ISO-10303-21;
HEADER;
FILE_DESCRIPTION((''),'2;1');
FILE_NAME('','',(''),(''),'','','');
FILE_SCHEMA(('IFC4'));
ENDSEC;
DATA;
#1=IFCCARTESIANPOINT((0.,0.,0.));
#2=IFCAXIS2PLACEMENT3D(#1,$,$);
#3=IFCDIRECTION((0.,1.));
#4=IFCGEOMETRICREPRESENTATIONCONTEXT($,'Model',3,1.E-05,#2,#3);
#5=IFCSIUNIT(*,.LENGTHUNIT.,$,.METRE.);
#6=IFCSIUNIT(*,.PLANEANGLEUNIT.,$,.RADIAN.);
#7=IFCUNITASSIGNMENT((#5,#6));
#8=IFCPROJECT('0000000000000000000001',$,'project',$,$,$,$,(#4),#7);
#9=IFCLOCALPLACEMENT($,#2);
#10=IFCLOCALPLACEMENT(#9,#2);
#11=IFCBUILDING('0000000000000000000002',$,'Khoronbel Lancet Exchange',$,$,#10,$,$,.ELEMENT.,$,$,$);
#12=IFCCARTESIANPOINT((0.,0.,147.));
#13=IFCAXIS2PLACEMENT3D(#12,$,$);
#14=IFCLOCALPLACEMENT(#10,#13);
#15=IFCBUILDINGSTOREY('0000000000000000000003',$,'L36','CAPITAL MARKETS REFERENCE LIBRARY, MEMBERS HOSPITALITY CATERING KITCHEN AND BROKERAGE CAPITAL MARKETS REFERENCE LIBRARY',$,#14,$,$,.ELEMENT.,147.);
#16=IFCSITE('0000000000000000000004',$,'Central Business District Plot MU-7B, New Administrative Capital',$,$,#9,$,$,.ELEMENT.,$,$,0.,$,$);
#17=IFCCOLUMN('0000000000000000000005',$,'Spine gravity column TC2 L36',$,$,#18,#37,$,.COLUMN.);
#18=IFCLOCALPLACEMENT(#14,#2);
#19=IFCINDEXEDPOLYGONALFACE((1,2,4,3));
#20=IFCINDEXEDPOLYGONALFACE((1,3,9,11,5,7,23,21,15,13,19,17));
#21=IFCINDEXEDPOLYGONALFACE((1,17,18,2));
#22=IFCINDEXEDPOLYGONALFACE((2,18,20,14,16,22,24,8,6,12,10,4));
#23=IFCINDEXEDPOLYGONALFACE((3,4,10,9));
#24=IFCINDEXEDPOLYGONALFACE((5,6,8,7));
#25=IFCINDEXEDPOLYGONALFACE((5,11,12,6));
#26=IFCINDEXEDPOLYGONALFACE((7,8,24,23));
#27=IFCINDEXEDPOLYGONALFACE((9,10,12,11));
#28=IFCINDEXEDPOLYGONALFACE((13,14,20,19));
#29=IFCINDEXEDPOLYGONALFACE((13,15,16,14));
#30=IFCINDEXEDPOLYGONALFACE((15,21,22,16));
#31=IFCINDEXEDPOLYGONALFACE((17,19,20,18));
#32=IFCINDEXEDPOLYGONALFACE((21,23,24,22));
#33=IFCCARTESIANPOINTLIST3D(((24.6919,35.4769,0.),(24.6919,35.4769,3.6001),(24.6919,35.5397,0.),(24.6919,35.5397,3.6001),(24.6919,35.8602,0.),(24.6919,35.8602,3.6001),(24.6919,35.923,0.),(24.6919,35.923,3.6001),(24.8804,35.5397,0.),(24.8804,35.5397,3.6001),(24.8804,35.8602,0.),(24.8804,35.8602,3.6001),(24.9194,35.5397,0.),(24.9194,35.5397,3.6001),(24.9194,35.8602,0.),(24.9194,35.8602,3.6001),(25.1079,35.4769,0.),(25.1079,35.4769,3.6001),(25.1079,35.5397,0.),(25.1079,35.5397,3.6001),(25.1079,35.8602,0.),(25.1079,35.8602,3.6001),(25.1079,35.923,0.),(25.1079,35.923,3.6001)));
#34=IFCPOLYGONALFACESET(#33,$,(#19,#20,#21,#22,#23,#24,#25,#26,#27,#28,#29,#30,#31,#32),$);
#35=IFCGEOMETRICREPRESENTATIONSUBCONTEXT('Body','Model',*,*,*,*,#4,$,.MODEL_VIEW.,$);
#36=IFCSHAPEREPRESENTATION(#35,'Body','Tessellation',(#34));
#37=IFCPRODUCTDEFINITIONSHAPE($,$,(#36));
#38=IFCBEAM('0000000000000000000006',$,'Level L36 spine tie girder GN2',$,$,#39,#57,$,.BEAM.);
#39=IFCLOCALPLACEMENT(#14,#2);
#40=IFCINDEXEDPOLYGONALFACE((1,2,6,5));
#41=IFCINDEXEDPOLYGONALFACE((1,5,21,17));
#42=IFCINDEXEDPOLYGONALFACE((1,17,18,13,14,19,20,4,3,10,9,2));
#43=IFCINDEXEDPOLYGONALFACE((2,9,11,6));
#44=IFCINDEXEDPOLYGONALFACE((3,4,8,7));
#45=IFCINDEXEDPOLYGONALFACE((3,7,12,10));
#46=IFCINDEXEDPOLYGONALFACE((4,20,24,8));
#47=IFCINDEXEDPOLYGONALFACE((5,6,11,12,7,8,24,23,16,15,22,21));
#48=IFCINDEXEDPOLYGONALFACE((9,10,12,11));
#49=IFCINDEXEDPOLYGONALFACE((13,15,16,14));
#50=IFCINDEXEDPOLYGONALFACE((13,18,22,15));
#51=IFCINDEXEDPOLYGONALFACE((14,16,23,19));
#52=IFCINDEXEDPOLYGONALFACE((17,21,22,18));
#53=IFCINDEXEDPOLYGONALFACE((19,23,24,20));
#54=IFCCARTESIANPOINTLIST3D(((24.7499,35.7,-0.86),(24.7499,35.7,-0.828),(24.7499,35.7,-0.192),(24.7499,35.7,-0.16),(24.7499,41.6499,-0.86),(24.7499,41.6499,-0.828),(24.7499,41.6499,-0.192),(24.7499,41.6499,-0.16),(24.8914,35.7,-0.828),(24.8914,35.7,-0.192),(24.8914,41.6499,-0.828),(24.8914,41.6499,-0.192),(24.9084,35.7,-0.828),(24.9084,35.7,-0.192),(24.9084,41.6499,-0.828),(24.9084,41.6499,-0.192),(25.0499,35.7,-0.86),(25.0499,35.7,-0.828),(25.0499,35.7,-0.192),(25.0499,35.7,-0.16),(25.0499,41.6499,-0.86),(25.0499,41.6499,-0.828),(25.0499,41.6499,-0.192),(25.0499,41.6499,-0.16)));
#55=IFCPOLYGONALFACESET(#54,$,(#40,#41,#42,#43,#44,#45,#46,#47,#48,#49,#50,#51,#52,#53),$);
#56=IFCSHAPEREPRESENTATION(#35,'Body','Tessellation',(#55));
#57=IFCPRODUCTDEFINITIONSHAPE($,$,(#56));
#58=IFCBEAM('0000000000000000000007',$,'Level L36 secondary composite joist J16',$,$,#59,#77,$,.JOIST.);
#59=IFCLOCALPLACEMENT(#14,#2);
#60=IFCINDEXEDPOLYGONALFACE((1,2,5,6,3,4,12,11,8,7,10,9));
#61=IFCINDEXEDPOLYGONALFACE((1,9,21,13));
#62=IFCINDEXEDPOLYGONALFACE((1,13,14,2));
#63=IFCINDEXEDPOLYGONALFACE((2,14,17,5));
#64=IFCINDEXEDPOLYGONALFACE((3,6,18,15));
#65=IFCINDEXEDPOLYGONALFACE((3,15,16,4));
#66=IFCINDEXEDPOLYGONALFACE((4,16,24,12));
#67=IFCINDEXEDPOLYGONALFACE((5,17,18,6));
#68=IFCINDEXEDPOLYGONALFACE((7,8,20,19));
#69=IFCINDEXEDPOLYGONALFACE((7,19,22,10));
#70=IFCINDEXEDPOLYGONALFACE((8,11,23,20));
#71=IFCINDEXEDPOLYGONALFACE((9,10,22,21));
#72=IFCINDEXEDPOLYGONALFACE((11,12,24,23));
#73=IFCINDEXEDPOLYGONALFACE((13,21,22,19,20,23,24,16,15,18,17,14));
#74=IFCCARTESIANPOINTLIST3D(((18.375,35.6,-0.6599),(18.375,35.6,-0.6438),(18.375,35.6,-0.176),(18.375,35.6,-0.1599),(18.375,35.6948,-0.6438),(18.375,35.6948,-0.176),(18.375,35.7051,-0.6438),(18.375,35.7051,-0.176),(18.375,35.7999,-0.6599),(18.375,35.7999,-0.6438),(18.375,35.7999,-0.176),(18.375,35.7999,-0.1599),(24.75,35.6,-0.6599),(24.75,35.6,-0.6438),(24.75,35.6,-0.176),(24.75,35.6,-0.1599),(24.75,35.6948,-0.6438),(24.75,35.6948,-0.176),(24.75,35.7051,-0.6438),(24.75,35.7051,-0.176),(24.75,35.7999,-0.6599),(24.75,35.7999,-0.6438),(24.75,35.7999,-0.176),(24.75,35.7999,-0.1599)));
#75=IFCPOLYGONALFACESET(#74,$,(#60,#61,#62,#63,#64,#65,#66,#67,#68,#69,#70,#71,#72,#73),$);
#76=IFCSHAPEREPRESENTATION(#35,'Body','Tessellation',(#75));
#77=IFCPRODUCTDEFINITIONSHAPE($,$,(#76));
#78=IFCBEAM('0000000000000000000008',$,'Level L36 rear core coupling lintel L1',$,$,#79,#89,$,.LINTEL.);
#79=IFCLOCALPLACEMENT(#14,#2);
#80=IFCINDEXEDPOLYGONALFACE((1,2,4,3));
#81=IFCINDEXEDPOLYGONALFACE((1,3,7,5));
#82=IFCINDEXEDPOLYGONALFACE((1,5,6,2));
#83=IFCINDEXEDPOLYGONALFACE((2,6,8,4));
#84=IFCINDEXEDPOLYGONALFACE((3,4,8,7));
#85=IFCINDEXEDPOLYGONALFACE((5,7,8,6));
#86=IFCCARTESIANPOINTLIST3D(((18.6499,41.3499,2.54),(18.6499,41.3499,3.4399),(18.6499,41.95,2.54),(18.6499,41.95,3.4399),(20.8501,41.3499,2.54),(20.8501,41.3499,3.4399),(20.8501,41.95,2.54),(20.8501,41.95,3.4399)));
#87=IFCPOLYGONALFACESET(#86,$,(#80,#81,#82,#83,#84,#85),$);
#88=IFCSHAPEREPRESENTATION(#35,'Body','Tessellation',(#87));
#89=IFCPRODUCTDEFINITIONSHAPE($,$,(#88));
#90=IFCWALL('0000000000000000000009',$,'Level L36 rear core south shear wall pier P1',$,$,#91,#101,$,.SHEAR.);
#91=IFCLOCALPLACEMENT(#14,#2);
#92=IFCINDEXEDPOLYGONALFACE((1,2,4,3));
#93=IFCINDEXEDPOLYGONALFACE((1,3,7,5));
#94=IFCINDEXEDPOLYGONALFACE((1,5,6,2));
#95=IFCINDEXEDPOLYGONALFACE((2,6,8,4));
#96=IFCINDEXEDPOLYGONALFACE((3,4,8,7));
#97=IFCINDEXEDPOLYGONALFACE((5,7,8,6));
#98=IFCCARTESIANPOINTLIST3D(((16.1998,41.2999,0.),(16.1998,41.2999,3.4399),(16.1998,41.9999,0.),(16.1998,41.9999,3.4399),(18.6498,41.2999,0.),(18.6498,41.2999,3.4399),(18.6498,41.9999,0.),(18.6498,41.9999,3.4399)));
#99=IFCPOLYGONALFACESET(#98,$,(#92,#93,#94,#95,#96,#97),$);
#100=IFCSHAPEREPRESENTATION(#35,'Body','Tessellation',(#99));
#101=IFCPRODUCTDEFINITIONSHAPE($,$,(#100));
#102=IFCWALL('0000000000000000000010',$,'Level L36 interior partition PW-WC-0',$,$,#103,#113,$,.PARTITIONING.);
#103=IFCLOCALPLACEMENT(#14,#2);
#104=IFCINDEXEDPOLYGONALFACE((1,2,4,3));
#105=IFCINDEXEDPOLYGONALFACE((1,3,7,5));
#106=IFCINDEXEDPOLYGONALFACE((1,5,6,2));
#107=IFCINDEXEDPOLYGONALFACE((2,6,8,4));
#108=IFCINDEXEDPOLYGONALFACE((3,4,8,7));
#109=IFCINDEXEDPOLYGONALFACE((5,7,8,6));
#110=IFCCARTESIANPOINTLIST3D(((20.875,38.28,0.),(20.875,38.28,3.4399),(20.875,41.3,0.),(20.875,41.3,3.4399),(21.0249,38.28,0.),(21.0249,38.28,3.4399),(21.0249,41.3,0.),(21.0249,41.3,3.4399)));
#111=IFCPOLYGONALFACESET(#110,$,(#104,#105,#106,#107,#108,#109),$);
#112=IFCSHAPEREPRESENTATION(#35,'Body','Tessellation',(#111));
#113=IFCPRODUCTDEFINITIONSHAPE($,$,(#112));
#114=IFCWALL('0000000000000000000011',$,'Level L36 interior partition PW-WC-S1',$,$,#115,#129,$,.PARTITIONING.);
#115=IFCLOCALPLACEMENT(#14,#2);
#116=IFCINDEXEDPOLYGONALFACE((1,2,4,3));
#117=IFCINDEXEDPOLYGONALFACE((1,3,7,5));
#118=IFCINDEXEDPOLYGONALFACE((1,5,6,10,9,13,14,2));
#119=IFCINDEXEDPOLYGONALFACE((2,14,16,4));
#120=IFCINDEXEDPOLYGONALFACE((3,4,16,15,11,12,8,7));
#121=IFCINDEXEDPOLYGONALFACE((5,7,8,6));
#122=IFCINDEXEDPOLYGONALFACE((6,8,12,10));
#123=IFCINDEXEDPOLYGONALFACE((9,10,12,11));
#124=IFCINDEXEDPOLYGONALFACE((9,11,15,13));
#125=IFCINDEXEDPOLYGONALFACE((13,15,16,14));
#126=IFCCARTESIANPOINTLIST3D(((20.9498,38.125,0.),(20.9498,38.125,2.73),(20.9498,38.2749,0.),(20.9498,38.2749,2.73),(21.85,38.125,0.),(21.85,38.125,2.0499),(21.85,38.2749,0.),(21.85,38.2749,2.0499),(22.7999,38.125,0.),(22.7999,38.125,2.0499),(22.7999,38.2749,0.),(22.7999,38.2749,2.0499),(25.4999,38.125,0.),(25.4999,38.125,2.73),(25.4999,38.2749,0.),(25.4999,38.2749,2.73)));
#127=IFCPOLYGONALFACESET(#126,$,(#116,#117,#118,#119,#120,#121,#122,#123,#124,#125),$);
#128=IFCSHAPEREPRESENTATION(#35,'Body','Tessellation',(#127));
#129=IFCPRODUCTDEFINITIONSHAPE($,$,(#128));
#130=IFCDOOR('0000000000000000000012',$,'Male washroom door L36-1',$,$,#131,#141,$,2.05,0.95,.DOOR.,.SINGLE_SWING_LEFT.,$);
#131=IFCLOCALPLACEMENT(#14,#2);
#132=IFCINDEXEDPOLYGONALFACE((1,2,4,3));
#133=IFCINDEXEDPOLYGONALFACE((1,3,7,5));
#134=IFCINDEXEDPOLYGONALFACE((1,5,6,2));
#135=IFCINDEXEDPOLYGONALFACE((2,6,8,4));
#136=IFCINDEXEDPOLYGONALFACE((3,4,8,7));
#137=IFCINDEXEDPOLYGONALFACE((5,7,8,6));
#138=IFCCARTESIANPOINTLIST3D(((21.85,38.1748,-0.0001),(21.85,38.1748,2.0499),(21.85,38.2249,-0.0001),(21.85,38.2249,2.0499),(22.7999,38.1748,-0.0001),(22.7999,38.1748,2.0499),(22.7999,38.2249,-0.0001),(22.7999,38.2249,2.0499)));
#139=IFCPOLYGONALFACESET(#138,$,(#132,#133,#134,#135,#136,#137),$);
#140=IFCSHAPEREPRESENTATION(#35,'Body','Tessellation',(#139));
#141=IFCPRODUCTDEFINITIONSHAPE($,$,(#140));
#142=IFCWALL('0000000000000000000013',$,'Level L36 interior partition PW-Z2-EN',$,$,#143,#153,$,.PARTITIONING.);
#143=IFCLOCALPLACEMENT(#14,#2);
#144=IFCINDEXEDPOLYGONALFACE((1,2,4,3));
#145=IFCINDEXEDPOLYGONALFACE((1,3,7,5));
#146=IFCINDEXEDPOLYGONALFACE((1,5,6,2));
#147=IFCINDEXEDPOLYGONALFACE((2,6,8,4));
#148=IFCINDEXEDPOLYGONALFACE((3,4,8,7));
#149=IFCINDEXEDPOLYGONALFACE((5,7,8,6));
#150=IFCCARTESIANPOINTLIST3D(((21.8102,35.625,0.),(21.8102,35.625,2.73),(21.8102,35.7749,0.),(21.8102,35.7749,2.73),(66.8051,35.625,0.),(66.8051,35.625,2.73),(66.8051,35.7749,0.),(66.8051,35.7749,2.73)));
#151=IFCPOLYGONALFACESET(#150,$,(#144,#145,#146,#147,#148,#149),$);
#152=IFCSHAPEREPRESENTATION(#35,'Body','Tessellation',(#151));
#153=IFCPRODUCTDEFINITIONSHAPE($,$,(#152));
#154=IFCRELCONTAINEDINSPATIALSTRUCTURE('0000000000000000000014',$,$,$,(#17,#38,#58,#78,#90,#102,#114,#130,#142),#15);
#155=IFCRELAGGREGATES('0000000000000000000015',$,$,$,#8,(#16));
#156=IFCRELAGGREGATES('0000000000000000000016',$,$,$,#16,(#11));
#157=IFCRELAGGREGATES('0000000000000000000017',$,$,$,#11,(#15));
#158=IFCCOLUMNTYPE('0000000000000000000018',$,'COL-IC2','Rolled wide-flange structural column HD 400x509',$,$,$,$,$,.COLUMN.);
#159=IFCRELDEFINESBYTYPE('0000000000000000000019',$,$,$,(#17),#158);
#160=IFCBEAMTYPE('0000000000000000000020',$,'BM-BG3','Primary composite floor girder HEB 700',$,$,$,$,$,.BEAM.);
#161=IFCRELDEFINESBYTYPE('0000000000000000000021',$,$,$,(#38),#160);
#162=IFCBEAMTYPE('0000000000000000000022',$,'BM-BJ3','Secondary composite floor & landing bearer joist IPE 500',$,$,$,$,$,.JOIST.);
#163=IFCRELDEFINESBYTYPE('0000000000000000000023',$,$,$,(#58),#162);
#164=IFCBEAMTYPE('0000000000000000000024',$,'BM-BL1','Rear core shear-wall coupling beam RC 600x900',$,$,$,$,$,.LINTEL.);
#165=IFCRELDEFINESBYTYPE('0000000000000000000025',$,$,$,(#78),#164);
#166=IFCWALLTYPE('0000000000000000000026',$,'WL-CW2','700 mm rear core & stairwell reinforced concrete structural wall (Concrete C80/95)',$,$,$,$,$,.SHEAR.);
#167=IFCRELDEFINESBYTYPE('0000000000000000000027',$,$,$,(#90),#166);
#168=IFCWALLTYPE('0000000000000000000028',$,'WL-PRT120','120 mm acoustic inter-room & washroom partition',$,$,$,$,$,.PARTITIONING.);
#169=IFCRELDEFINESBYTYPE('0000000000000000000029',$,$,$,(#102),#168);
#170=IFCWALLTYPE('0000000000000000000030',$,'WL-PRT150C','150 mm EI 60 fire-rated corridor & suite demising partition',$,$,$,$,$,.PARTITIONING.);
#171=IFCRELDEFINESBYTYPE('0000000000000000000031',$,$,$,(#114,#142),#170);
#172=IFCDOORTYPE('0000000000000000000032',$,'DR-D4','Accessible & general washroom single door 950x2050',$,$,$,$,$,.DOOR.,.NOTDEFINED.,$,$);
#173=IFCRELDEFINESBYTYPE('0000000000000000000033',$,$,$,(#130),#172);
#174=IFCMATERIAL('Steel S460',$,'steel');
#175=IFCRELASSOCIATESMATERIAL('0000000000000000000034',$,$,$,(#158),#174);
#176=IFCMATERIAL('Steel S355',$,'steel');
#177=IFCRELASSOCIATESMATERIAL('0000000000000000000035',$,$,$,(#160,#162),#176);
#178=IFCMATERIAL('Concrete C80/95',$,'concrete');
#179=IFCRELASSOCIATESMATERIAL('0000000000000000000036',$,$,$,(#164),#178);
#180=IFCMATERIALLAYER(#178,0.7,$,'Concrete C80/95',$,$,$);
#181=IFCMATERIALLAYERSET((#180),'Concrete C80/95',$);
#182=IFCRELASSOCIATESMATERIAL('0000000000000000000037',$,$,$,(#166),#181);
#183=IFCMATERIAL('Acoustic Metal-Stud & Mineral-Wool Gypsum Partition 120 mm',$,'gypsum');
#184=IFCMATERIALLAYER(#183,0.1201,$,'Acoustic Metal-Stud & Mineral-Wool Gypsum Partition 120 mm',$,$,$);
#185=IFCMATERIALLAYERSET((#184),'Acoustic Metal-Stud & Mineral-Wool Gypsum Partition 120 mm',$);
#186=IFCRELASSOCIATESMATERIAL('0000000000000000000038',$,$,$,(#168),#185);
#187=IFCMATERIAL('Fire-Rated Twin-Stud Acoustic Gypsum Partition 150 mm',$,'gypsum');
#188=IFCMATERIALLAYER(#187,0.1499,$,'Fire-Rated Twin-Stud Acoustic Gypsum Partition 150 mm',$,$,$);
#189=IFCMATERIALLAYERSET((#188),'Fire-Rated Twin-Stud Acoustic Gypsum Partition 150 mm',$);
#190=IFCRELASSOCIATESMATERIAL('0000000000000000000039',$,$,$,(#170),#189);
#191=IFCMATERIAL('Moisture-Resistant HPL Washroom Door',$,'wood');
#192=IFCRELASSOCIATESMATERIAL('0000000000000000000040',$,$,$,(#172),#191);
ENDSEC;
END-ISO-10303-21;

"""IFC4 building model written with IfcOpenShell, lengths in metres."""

from ifc_helpers import new_model, si_unit, direction, frame, frame_2d, origin, origin_2d, place, context, subcontext, project, spatial, rectangle, i_section, extrude, material, layer, layer_set, material_profile, profile_set, type_object, element, fill, save


model = new_model("IFC4")

# Units and contexts
model_context = context("Model", 3, precision=1e-05, world=origin(), true_north=direction((0.0, 1.0)))
body_context = subcontext(model_context, "Body", "Model", "MODEL_VIEW")
ifc_project = project(units=[si_unit("LENGTHUNIT", "METRE"), si_unit("PLANEANGLEUNIT", "RADIAN")], contexts=[model_context])

# Site, building, storey
site_placement = place(None, origin())
site = spatial("IfcSite", under=ifc_project, at=site_placement, Name="Central Business District Plot MU-7B, New Administrative Capital", CompositionType="ELEMENT", RefElevation=0.0)
building_placement = place(site_placement, origin())
building = spatial("IfcBuilding", under=site, at=building_placement, Name="Khoronbel Lancet Exchange", CompositionType="ELEMENT")
storey_placement = place(building_placement, frame((0.0, 0.0, 147.0)))
storey = spatial("IfcBuildingStorey", under=building, at=storey_placement, Name="L36", Description="CAPITAL MARKETS REFERENCE LIBRARY, MEMBERS HOSPITALITY CATERING KITCHEN AND BROKERAGE CAPITAL MARKETS REFERENCE LIBRARY", CompositionType="ELEMENT", Elevation=147.0)

# Column
ifc_material_1 = material(Name="Steel S460", Category="steel")
ifc_material_profile_1 = material_profile(ifc_material_1, i_section(OverallWidth=0.416, OverallDepth=0.446, WebThickness=0.0391, FlangeThickness=0.0627, at=origin_2d()), Name="HD 400x509")
ifc_profile_set_1 = profile_set([ifc_material_profile_1], Name="Steel S460")
column_type = type_object("IfcColumnType", Name="COL-IC2", Description="Rolled wide-flange structural column HD 400x509", PredefinedType="COLUMN", material=ifc_profile_set_1)
column_placement = place(storey_placement, frame((24.8999, 35.7, 0.0), z_axis=(0.0, 0.0, 1.0), x_axis=(1.0, 0.0, 0.0)))
element("IfcColumn", 1, at=column_placement, inside=storey, type_object=column_type, Name="Spine gravity column TC2 L36", PredefinedType="COLUMN", context=body_context, shape_type="SweptSolid", body=[
    extrude(i_section(OverallWidth=0.416, OverallDepth=0.446, WebThickness=0.0391, FlangeThickness=0.0627, at=origin_2d()), origin(), (0.0, 0.0, 1.0), 3.6001),
])

# Beams
ifc_material_2 = material(Name="Steel S355", Category="steel")
ifc_material_profile_2 = material_profile(ifc_material_2, i_section(OverallWidth=0.3, OverallDepth=0.7, WebThickness=0.0171, FlangeThickness=0.032, at=origin_2d()), Name="HEB 700")
ifc_profile_set_2 = profile_set([ifc_material_profile_2], Name="Steel S355")
beam_type_1 = type_object("IfcBeamType", Name="BM-BG3", Description="Primary composite floor girder HEB 700", PredefinedType="BEAM", material=ifc_profile_set_2)
beam_1_placement = place(storey_placement, frame((24.8999, 35.7, -0.51), z_axis=(0.0, 1.0, 0.0), x_axis=(-1.0, 0.0, 0.0)))
element("IfcBeam", 2, at=beam_1_placement, inside=storey, type_object=beam_type_1, Name="Level L36 spine tie girder GN2", PredefinedType="BEAM", context=body_context, shape_type="SweptSolid", body=[
    extrude(i_section(OverallWidth=0.3, OverallDepth=0.7, WebThickness=0.0171, FlangeThickness=0.032, at=origin_2d()), origin(), (0.0, 0.0, 1.0), 5.95),
])
ifc_material_profile_3 = material_profile(ifc_material_2, i_section(OverallWidth=0.2, OverallDepth=0.5, WebThickness=0.0103, FlangeThickness=0.0161, at=origin_2d()), Name="IPE 500")
ifc_profile_set_3 = profile_set([ifc_material_profile_3], Name="Steel S355")
beam_type_2 = type_object("IfcBeamType", Name="BM-BJ3", Description="Secondary composite floor & landing bearer joist IPE 500", PredefinedType="JOIST", material=ifc_profile_set_3)
beam_2_placement = place(storey_placement, frame((18.375, 35.7, -0.4099), z_axis=(1.0, 0.0, 0.0), x_axis=(0.0, 1.0, 0.0)))
element("IfcBeam", 3, at=beam_2_placement, inside=storey, type_object=beam_type_2, Name="Level L36 secondary composite joist J16", PredefinedType="JOIST", context=body_context, shape_type="SweptSolid", body=[
    extrude(i_section(OverallWidth=0.2, OverallDepth=0.5, WebThickness=0.0103, FlangeThickness=0.0161, at=origin_2d()), origin(), (0.0, 0.0, 1.0), 6.375),
])
ifc_material_3 = material(Name="Concrete C80/95", Category="concrete")
ifc_material_profile_4 = material_profile(ifc_material_3, rectangle(XDim=0.6001, YDim=0.8999, at=origin_2d()), Name="RC 600x900")
ifc_profile_set_4 = profile_set([ifc_material_profile_4], Name="Concrete C80/95")
beam_type_3 = type_object("IfcBeamType", Name="BM-BL1", Description="Rear core shear-wall coupling beam RC 600x900", PredefinedType="LINTEL", material=ifc_profile_set_4)
beam_3_placement = place(storey_placement, frame((18.6499, 41.6499, 2.99), z_axis=(1.0, 0.0, 0.0), x_axis=(0.0, 1.0, 0.0)))
element("IfcBeam", 4, at=beam_3_placement, inside=storey, type_object=beam_type_3, Name="Level L36 rear core coupling lintel L1", PredefinedType="LINTEL", context=body_context, shape_type="SweptSolid", body=[
    extrude(rectangle(XDim=0.6001, YDim=0.8999, at=origin_2d()), origin(), (0.0, 0.0, 1.0), 2.2002),
])

# Walls
ifc_layer_1 = layer(ifc_material_3, 0.7, Name="Concrete C80/95")
ifc_layer_set_1 = layer_set([ifc_layer_1], Name="Concrete C80/95")
wall_type_1 = type_object("IfcWallType", Name="WL-CW2", Description="700 mm rear core & stairwell reinforced concrete structural wall (Concrete C80/95)", PredefinedType="SHEAR", material=ifc_layer_set_1)
wall_1_placement = place(storey_placement, frame((18.6499, 41.6499, 0.0), z_axis=(0.0, 0.0, 1.0), x_axis=(-1.0, 0.0, 0.0)))
element("IfcWall", 5, at=wall_1_placement, inside=storey, type_object=wall_type_1, Name="Level L36 rear core south shear wall pier P1", PredefinedType="SHEAR", context=body_context, shape_type="SweptSolid", body=[
    extrude(rectangle(XDim=2.45, YDim=0.7, at=frame_2d((1.2251, 0.0))), origin(), (0.0, 0.0, 1.0), 3.4399),
])
ifc_material_4 = material(Name="Acoustic Metal-Stud & Mineral-Wool Gypsum Partition 120 mm", Category="gypsum")
ifc_layer_2 = layer(ifc_material_4, 0.1201, Name="Acoustic Metal-Stud & Mineral-Wool Gypsum Partition 120 mm")
ifc_layer_set_2 = layer_set([ifc_layer_2], Name="Acoustic Metal-Stud & Mineral-Wool Gypsum Partition 120 mm")
wall_type_2 = type_object("IfcWallType", Name="WL-PRT120", Description="120 mm acoustic inter-room & washroom partition", PredefinedType="PARTITIONING", material=ifc_layer_set_2)
wall_2_placement = place(storey_placement, frame((20.95, 38.28, 0.0), z_axis=(0.0, 0.0, 1.0), x_axis=(0.0, 1.0, 0.0)))
element("IfcWall", 6, at=wall_2_placement, inside=storey, type_object=wall_type_2, Name="Level L36 interior partition PW-WC-0", PredefinedType="PARTITIONING", context=body_context, shape_type="SweptSolid", body=[
    extrude(rectangle(XDim=3.02, YDim=0.1499, at=frame_2d((1.51, 0.0))), origin(), (0.0, 0.0, 1.0), 3.4399),
])

# Wall, opening, door
ifc_material_5 = material(Name="Fire-Rated Twin-Stud Acoustic Gypsum Partition 150 mm", Category="gypsum")
ifc_layer_3 = layer(ifc_material_5, 0.1499, Name="Fire-Rated Twin-Stud Acoustic Gypsum Partition 150 mm")
ifc_layer_set_3 = layer_set([ifc_layer_3], Name="Fire-Rated Twin-Stud Acoustic Gypsum Partition 150 mm")
wall_type_3 = type_object("IfcWallType", Name="WL-PRT150C", Description="150 mm EI 60 fire-rated corridor & suite demising partition", PredefinedType="PARTITIONING", material=ifc_layer_set_3)
wall_3_placement = place(storey_placement, frame((20.95, 38.2, 0.0), z_axis=(0.0, 0.0, 1.0), x_axis=(1.0, 0.0, 0.0)))
wall_3 = element("IfcWall", 7, at=wall_3_placement, inside=storey, type_object=wall_type_3, Name="Level L36 interior partition PW-WC-S1", PredefinedType="PARTITIONING", context=body_context, shape_type="SweptSolid", body=[
    extrude(rectangle(XDim=4.55, YDim=0.1499, at=frame_2d((2.2749, 0.0))), origin(), (0.0, 0.0, 1.0), 2.73),
])
opening_1_placement = place(wall_3_placement, frame((0.8999, 0.0, 0.0)))
opening_1 = element("IfcOpeningElement", 8, at=opening_1_placement, cuts=wall_3, PredefinedType="OPENING", context=body_context, shape_type="SweptSolid", body=[
    extrude(rectangle(XDim=0.95, YDim=2.05, at=frame_2d((0.4751, 1.0249))), frame((0.0, 0.085, 0.0), z_axis=(0.0, -1.0, 0.0), x_axis=(1.0, 0.0, 0.0)), (0.0, 0.0, 1.0), 0.1699),
])
ifc_material_6 = material(Name="Moisture-Resistant HPL Washroom Door", Category="wood")
door_type_1 = type_object("IfcDoorType", Name="DR-D4", Description="Accessible & general washroom single door 950x2050", OperationType="NOTDEFINED", PredefinedType="DOOR", material=ifc_material_6)
door_1_placement = place(opening_1_placement, origin())
door_1 = element("IfcDoor", 9, at=door_1_placement, inside=storey, type_object=door_type_1, Name="Male washroom door L36-1", OperationType="SINGLE_SWING_LEFT", OverallHeight=2.05, OverallWidth=0.95, PredefinedType="DOOR", context=body_context, shape_type="SweptSolid", body=[
    extrude(rectangle(XDim=0.95, YDim=2.05, at=frame_2d((0.4751, 1.0249))), frame((0.0, 0.0249, 0.0), z_axis=(0.0, -1.0, 0.0), x_axis=(1.0, 0.0, 0.0)), (0.0, 0.0, 1.0), 0.05),
])
fill(opening_1, door_1)

# Wall
wall_4_placement = place(storey_placement, frame((21.8101, 35.7, 0.0), z_axis=(0.0, 0.0, 1.0), x_axis=(1.0, 0.0, 0.0)))
element("IfcWall", 10, at=wall_4_placement, inside=storey, type_object=wall_type_3, Name="Level L36 interior partition PW-Z2-EN", PredefinedType="PARTITIONING", context=body_context, shape_type="SweptSolid", body=[
    extrude(rectangle(XDim=44.9949, YDim=0.1499, at=frame_2d((22.4976, 0.0))), origin(), (0.0, 0.0, 1.0), 2.73),
])

save(model, "model.ifc")
